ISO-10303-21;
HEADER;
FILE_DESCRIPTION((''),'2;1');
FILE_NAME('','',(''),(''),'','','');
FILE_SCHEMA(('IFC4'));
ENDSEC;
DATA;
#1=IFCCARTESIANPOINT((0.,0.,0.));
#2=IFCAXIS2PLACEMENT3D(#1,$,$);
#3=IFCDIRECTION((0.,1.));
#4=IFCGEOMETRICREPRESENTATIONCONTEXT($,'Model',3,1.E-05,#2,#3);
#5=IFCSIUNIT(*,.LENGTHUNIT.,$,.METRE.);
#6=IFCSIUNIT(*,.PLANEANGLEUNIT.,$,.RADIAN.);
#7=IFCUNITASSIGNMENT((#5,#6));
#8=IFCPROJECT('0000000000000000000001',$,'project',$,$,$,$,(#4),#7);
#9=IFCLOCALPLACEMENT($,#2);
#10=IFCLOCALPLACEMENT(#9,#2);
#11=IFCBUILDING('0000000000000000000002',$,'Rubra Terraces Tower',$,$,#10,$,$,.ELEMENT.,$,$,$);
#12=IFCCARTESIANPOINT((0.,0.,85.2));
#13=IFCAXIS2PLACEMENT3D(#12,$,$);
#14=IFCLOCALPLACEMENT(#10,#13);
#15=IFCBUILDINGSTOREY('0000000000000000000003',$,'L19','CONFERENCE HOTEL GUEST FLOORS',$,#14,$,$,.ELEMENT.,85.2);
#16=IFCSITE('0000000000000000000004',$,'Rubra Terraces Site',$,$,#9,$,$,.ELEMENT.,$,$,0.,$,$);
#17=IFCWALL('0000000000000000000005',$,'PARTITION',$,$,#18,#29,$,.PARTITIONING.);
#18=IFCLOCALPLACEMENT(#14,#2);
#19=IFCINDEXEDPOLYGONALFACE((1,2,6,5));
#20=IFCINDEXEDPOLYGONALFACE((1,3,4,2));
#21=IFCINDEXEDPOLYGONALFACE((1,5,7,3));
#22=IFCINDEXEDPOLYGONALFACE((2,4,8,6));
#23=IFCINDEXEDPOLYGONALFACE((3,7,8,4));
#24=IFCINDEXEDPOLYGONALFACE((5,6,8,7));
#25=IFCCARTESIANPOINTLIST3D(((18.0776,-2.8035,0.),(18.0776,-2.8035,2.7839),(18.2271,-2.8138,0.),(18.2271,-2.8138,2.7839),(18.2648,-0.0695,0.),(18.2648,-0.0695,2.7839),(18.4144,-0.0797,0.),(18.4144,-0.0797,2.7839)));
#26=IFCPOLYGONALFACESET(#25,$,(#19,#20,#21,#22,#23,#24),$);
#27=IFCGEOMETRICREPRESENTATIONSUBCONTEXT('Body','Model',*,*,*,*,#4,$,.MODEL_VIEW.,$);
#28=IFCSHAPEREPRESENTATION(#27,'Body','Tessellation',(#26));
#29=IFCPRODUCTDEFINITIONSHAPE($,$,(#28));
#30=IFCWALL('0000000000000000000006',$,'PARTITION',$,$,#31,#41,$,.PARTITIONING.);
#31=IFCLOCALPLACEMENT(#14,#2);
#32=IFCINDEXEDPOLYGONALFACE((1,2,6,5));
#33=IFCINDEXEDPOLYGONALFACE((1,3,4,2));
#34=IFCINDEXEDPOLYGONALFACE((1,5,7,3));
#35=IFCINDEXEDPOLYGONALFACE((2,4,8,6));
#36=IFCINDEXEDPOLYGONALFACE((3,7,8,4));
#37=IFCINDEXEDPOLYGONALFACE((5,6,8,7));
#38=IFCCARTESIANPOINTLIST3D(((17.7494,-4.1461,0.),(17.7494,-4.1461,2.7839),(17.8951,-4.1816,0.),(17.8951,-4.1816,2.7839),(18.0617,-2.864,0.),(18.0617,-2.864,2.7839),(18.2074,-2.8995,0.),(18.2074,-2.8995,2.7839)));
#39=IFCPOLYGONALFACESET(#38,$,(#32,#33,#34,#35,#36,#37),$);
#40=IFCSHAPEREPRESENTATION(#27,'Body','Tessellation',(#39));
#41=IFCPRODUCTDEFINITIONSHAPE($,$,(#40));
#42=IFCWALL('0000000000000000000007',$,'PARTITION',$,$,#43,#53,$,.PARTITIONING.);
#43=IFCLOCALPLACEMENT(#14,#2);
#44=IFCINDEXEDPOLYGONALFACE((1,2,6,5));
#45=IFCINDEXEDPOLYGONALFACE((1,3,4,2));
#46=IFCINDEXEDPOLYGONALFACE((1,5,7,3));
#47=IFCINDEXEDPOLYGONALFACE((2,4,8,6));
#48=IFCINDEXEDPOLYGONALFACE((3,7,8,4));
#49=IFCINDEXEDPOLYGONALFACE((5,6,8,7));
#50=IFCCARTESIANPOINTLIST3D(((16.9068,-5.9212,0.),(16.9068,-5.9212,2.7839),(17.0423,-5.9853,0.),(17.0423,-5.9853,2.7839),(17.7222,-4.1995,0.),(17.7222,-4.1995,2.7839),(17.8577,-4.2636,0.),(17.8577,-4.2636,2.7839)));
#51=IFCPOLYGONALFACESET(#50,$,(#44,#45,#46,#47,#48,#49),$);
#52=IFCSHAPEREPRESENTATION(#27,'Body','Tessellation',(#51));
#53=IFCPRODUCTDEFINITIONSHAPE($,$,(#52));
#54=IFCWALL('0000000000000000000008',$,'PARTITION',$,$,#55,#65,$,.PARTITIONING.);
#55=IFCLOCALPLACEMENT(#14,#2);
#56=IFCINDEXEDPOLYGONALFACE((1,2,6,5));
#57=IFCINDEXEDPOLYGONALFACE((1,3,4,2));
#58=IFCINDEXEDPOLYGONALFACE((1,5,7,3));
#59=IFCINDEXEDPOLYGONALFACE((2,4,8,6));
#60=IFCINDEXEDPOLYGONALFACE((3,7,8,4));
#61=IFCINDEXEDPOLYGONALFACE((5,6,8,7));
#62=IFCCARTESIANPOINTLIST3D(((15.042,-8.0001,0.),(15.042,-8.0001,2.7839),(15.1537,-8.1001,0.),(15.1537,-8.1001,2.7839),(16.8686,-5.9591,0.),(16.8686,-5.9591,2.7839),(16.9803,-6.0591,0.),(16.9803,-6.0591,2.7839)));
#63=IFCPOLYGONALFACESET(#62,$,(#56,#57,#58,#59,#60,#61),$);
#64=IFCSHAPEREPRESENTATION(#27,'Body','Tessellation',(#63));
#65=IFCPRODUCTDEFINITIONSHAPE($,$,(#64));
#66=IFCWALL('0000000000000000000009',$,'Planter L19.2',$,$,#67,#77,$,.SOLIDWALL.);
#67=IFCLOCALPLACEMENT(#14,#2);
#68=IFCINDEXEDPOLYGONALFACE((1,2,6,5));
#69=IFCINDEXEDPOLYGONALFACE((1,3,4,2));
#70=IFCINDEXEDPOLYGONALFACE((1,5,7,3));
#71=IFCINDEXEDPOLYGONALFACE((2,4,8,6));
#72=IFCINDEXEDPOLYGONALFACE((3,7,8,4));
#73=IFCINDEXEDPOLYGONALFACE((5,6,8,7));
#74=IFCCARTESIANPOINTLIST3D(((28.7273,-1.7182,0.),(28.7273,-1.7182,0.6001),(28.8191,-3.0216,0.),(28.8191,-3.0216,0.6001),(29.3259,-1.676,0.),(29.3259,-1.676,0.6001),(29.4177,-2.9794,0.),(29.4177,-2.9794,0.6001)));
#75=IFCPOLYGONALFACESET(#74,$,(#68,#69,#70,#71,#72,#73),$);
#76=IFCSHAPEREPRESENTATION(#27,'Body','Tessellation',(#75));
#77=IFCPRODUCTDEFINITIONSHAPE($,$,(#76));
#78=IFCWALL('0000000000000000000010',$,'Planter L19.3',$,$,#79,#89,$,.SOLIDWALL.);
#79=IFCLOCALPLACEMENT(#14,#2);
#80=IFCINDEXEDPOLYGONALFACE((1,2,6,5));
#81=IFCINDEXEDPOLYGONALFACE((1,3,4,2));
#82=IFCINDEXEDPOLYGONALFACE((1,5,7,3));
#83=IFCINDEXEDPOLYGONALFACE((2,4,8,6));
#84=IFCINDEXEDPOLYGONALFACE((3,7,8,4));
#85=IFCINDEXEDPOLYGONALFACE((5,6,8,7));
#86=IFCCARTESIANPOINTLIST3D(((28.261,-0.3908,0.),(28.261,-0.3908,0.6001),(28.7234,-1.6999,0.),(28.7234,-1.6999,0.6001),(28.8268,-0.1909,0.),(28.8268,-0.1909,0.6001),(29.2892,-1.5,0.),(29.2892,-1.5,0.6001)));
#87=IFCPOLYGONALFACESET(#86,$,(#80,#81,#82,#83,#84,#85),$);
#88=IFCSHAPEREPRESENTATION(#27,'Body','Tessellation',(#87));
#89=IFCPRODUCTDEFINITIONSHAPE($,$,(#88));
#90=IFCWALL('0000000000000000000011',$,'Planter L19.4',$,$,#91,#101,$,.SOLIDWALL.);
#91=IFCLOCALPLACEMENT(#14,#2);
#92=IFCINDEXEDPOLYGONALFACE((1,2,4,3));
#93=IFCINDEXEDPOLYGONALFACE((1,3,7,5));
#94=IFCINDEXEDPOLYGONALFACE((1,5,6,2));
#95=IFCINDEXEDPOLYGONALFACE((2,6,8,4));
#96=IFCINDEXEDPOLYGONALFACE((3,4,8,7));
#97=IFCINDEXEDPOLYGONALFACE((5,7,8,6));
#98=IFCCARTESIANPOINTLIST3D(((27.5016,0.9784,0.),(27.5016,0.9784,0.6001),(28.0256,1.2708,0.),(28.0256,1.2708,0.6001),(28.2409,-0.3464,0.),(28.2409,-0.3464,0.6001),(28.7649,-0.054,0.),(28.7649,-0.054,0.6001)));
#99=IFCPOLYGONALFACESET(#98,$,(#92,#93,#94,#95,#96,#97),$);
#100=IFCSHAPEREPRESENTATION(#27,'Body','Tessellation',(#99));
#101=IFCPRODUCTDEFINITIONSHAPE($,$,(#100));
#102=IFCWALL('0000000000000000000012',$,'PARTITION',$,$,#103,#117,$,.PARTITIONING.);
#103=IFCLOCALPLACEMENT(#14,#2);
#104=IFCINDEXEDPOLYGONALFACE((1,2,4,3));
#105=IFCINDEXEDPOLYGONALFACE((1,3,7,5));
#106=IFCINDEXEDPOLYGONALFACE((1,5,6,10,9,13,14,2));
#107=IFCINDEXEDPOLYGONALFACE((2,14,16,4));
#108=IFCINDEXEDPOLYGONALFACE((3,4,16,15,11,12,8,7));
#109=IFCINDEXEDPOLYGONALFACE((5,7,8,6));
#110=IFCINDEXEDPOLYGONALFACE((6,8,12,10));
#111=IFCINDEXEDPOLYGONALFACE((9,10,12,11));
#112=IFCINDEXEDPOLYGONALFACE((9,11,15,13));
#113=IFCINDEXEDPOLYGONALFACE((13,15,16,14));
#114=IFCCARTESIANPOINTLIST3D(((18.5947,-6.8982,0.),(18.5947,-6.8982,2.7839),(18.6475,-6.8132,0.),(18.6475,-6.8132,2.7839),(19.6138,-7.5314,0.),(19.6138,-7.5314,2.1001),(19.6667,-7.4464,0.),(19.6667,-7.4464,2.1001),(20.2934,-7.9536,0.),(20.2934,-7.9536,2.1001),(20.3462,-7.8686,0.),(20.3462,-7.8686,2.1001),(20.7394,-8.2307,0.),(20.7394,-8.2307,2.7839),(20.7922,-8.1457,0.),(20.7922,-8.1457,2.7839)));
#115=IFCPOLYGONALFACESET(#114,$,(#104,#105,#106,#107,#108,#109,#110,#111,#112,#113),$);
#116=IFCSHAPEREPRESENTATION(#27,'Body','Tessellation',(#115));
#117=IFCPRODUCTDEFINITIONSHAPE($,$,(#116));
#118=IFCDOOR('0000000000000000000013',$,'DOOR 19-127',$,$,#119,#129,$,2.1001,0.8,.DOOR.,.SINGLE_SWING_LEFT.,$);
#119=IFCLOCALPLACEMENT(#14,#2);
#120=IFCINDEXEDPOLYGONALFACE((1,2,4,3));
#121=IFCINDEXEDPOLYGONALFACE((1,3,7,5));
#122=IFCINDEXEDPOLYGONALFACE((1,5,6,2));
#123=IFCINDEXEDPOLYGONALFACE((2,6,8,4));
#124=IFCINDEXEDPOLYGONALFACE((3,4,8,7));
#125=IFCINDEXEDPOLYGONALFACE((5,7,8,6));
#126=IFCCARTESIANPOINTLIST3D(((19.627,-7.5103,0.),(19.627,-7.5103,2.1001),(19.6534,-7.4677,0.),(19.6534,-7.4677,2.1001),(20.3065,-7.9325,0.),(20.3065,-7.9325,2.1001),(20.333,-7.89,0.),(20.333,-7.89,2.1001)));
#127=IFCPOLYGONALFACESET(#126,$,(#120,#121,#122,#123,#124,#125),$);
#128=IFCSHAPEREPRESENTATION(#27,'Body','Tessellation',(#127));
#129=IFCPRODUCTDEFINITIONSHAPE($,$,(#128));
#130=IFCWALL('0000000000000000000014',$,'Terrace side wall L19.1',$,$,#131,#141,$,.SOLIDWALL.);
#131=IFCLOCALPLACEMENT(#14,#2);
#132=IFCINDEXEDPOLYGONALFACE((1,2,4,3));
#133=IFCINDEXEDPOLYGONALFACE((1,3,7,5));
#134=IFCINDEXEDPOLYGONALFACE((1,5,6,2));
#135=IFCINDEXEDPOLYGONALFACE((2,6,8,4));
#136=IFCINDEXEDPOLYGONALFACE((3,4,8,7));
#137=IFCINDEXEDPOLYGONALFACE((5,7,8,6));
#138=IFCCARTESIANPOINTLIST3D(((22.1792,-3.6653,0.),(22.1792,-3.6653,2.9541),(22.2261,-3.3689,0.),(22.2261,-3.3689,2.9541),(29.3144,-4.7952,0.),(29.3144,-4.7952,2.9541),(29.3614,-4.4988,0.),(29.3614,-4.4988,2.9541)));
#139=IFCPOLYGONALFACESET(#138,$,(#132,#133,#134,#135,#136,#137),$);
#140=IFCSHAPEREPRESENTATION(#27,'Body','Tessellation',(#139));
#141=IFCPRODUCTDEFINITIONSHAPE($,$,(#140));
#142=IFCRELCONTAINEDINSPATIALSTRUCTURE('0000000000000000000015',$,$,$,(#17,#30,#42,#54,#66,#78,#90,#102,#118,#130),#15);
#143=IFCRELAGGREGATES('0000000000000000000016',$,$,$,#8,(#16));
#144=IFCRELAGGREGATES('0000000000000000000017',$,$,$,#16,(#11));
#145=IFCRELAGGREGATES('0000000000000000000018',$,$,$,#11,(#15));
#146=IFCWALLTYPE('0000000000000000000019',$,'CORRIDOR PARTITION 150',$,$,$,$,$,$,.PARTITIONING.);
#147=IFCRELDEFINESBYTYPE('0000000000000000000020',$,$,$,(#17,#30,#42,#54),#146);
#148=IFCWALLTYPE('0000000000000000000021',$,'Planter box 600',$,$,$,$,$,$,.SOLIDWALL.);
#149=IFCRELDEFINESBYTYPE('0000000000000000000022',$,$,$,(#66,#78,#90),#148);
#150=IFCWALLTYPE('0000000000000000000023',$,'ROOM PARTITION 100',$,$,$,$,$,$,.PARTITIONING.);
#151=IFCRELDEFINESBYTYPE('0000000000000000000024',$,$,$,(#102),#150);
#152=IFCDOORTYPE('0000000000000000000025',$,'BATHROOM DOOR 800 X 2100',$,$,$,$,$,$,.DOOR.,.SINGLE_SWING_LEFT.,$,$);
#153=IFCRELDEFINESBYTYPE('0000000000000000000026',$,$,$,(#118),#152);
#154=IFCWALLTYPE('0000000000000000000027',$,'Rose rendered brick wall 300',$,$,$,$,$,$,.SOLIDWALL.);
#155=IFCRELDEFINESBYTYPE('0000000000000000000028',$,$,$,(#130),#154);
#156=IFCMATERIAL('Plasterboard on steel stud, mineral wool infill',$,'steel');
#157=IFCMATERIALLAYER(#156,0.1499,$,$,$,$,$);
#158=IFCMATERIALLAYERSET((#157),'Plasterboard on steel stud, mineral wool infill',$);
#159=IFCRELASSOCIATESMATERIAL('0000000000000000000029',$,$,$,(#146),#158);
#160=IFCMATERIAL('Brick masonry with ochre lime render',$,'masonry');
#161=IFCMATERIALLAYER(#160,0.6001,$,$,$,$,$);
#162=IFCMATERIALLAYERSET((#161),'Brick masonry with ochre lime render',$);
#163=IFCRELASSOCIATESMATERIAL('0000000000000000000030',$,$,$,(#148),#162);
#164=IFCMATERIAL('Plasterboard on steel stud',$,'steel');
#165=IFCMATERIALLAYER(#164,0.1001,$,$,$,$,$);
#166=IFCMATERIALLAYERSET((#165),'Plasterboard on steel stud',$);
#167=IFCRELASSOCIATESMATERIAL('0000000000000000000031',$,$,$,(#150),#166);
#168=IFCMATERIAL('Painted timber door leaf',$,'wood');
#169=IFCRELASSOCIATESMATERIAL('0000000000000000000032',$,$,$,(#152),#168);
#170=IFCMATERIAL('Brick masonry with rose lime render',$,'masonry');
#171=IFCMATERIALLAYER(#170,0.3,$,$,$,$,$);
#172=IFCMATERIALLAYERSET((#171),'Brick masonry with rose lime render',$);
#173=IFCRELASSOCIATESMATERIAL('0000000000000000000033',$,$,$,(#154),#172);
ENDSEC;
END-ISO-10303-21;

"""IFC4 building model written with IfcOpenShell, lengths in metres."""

from ifc_helpers import new_model, si_unit, direction, frame, frame_2d, origin, place, context, subcontext, project, spatial, rectangle, extrude, material, layer, layer_set, type_object, element, fill, save


model = new_model("IFC4")

# Units and contexts
model_context = context("Model", 3, precision=1e-05, world=origin(), true_north=direction((0.0, 1.0)))
body_context = subcontext(model_context, "Body", "Model", "MODEL_VIEW")
ifc_project = project(units=[si_unit("LENGTHUNIT", "METRE"), si_unit("PLANEANGLEUNIT", "RADIAN")], contexts=[model_context])

# Site, building, storey
site_placement = place(None, origin())
site = spatial("IfcSite", under=ifc_project, at=site_placement, Name="Rubra Terraces Site", CompositionType="ELEMENT", RefElevation=0.0)
building_placement = place(site_placement, origin())
building = spatial("IfcBuilding", under=site, at=building_placement, Name="Rubra Terraces Tower", CompositionType="ELEMENT")
storey_placement = place(building_placement, frame((0.0, 0.0, 85.2)))
storey = spatial("IfcBuildingStorey", under=building, at=storey_placement, Name="L19", Description="CONFERENCE HOTEL GUEST FLOORS", CompositionType="ELEMENT", Elevation=85.2)

# Shared definitions
ifc_material_1 = material(Name="Plasterboard on steel stud, mineral wool infill", Category="steel")
ifc_layer_1 = layer(ifc_material_1, 0.1499)
ifc_layer_set_1 = layer_set([ifc_layer_1], Name="Plasterboard on steel stud, mineral wool infill")
wall_type_1 = type_object("IfcWallType", Name="CORRIDOR PARTITION 150", PredefinedType="PARTITIONING", material=ifc_layer_set_1)

# Shared definitions
ifc_material_2 = material(Name="Painted timber door leaf", Category="wood")

# Walls
wall_1_placement = place(storey_placement, frame((18.3396, -0.0747, 0.0), z_axis=(0.0, 0.0, 1.0), x_axis=(-0.068328, -0.997663, 0.0)))
element("IfcWall", 1, at=wall_1_placement, inside=storey, type_object=wall_type_1, Name="PARTITION", PredefinedType="PARTITIONING", context=body_context, shape_type="SweptSolid", body=[
    extrude(rectangle(XDim=2.7405, YDim=0.1499, at=frame_2d((1.3701, 0.0))), origin(), (0.0, 0.0, 1.0), 2.7839),
])
wall_2_placement = place(storey_placement, frame((18.1345, -2.8818, 0.0), z_axis=(0.0, 0.0, 1.0), x_axis=(-0.236654, -0.971594, 0.0)))
element("IfcWall", 2, at=wall_2_placement, inside=storey, type_object=wall_type_1, Name="PARTITION", PredefinedType="PARTITIONING", context=body_context, shape_type="SweptSolid", body=[
    extrude(rectangle(XDim=1.3196, YDim=0.1499, at=frame_2d((0.6597, 0.0))), origin(), (0.0, 0.0, 1.0), 2.7839),
])
wall_3_placement = place(storey_placement, frame((17.79, -4.2314, 0.0), z_axis=(0.0, 0.0, 1.0), x_axis=(-0.428042, -0.903759, 0.0)))
element("IfcWall", 3, at=wall_3_placement, inside=storey, type_object=wall_type_1, Name="PARTITION", PredefinedType="PARTITIONING", context=body_context, shape_type="SweptSolid", body=[
    extrude(rectangle(XDim=1.905, YDim=0.1499, at=frame_2d((0.9526, 0.0))), origin(), (0.0, 0.0, 1.0), 2.7839),
])
wall_4_placement = place(storey_placement, frame((16.9246, -6.009, 0.0), z_axis=(0.0, 0.0, 1.0), x_axis=(-0.666894, -0.745153, 0.0)))
element("IfcWall", 4, at=wall_4_placement, inside=storey, type_object=wall_type_1, Name="PARTITION", PredefinedType="PARTITIONING", context=body_context, shape_type="SweptSolid", body=[
    extrude(rectangle(XDim=2.739, YDim=0.1499, at=frame_2d((1.3696, 0.0))), origin(), (0.0, 0.0, 1.0), 2.7839),
])

# Shared definitions
ifc_material_3 = material(Name="Brick masonry with ochre lime render", Category="masonry")

# Walls
ifc_layer_2 = layer(ifc_material_3, 0.6001)
ifc_layer_set_2 = layer_set([ifc_layer_2], Name="Brick masonry with ochre lime render")
wall_type_2 = type_object("IfcWallType", Name="Planter box 600", PredefinedType="SOLIDWALL", material=ifc_layer_set_2)
wall_5_placement = place(storey_placement, frame((29.1184, -3.0005, 0.0), z_axis=(0.0, 0.0, 1.0), x_axis=(-0.070251, 0.997529, 0.0)))
element("IfcWall", 5, at=wall_5_placement, inside=storey, type_object=wall_type_2, Name="Planter L19.2", PredefinedType="SOLIDWALL", context=body_context, shape_type="SweptSolid", body=[
    extrude(rectangle(XDim=1.3066, YDim=0.6001, at=frame_2d((0.6533, 0.0))), origin(), (0.0, 0.0, 1.0), 0.6001),
])
wall_6_placement = place(storey_placement, frame((29.0063, -1.6001, 0.0), z_axis=(0.0, 0.0, 1.0), x_axis=(-0.333059, 0.942906, 0.0)))
element("IfcWall", 6, at=wall_6_placement, inside=storey, type_object=wall_type_2, Name="Planter L19.3", PredefinedType="SOLIDWALL", context=body_context, shape_type="SweptSolid", body=[
    extrude(rectangle(XDim=1.3884, YDim=0.6001, at=frame_2d((0.6943, 0.0))), origin(), (0.0, 0.0, 1.0), 0.6001),
])
wall_7_placement = place(storey_placement, frame((28.5029, -0.2002, 0.0), z_axis=(0.0, 0.0, 1.0), x_axis=(-0.487309, 0.87323, 0.0)))
element("IfcWall", 7, at=wall_7_placement, inside=storey, type_object=wall_type_2, Name="Planter L19.4", PredefinedType="SOLIDWALL", context=body_context, shape_type="SweptSolid", body=[
    extrude(rectangle(XDim=1.5171, YDim=0.6001, at=frame_2d((0.7585, 0.0))), origin(), (0.0, 0.0, 1.0), 0.6001),
])

# Wall, opening, door
ifc_material_4 = material(Name="Plasterboard on steel stud", Category="steel")
ifc_layer_3 = layer(ifc_material_4, 0.1001)
ifc_layer_set_3 = layer_set([ifc_layer_3], Name="Plasterboard on steel stud")
wall_type_3 = type_object("IfcWallType", Name="ROOM PARTITION 100", PredefinedType="PARTITIONING", material=ifc_layer_set_3)
wall_8_placement = place(storey_placement, frame((18.6211, -6.8557, 0.0), z_axis=(0.0, 0.0, 1.0), x_axis=(0.849413, -0.527729, 0.0)))
wall_8 = element("IfcWall", 8, at=wall_8_placement, inside=storey, type_object=wall_type_3, Name="PARTITION", PredefinedType="PARTITIONING", context=body_context, shape_type="SweptSolid", body=[
    extrude(rectangle(XDim=2.5249, YDim=0.1001, at=frame_2d((1.2625, 0.0))), origin(), (0.0, 0.0, 1.0), 2.7839),
])
opening_1_placement = place(wall_8_placement, frame((1.2, 0.0, 0.0)))
opening_1 = element("IfcOpeningElement", 9, at=opening_1_placement, cuts=wall_8, PredefinedType="OPENING", context=body_context, shape_type="SweptSolid", body=[
    extrude(rectangle(XDim=0.8, YDim=2.1001, at=frame_2d((0.3999, 1.05))), frame((0.0, 0.0601, 0.0), z_axis=(0.0, -1.0, 0.0), x_axis=(1.0, 0.0, 0.0)), (0.0, 0.0, 1.0), 0.1201),
])
door_type_1 = type_object("IfcDoorType", Name="BATHROOM DOOR 800 X 2100", OperationType="SINGLE_SWING_LEFT", PredefinedType="DOOR", material=ifc_material_2)
door_1_placement = place(opening_1_placement, origin())
door_1 = element("IfcDoor", 10, at=door_1_placement, inside=storey, type_object=door_type_1, Name="DOOR 19-127", OperationType="SINGLE_SWING_LEFT", OverallHeight=2.1001, OverallWidth=0.8, PredefinedType="DOOR", context=body_context, shape_type="SweptSolid", body=[
    extrude(rectangle(XDim=0.8, YDim=2.1001, at=frame_2d((0.3999, 1.05))), frame((0.0, 0.0249, 0.0), z_axis=(0.0, -1.0, 0.0), x_axis=(1.0, 0.0, 0.0)), (0.0, 0.0, 1.0), 0.05),
])
fill(opening_1, door_1)

# Wall
ifc_material_5 = material(Name="Brick masonry with rose lime render", Category="masonry")
ifc_layer_4 = layer(ifc_material_5, 0.3)
ifc_layer_set_4 = layer_set([ifc_layer_4], Name="Brick masonry with rose lime render")
wall_type_4 = type_object("IfcWallType", Name="Rose rendered brick wall 300", PredefinedType="SOLIDWALL", material=ifc_layer_set_4)
wall_9_placement = place(storey_placement, frame((29.3379, -4.647, 0.0), z_axis=(0.0, 0.0, 1.0), x_axis=(-0.987693, 0.156403, 0.0)))
element("IfcWall", 11, at=wall_9_placement, inside=storey, type_object=wall_type_4, Name="Terrace side wall L19.1", PredefinedType="SOLIDWALL", context=body_context, shape_type="SweptSolid", body=[
    extrude(rectangle(XDim=7.2241, YDim=0.3, at=frame_2d((3.6121, 0.0))), origin(), (0.0, 0.0, 1.0), 2.9541),
])

save(model, "model.ifc")
